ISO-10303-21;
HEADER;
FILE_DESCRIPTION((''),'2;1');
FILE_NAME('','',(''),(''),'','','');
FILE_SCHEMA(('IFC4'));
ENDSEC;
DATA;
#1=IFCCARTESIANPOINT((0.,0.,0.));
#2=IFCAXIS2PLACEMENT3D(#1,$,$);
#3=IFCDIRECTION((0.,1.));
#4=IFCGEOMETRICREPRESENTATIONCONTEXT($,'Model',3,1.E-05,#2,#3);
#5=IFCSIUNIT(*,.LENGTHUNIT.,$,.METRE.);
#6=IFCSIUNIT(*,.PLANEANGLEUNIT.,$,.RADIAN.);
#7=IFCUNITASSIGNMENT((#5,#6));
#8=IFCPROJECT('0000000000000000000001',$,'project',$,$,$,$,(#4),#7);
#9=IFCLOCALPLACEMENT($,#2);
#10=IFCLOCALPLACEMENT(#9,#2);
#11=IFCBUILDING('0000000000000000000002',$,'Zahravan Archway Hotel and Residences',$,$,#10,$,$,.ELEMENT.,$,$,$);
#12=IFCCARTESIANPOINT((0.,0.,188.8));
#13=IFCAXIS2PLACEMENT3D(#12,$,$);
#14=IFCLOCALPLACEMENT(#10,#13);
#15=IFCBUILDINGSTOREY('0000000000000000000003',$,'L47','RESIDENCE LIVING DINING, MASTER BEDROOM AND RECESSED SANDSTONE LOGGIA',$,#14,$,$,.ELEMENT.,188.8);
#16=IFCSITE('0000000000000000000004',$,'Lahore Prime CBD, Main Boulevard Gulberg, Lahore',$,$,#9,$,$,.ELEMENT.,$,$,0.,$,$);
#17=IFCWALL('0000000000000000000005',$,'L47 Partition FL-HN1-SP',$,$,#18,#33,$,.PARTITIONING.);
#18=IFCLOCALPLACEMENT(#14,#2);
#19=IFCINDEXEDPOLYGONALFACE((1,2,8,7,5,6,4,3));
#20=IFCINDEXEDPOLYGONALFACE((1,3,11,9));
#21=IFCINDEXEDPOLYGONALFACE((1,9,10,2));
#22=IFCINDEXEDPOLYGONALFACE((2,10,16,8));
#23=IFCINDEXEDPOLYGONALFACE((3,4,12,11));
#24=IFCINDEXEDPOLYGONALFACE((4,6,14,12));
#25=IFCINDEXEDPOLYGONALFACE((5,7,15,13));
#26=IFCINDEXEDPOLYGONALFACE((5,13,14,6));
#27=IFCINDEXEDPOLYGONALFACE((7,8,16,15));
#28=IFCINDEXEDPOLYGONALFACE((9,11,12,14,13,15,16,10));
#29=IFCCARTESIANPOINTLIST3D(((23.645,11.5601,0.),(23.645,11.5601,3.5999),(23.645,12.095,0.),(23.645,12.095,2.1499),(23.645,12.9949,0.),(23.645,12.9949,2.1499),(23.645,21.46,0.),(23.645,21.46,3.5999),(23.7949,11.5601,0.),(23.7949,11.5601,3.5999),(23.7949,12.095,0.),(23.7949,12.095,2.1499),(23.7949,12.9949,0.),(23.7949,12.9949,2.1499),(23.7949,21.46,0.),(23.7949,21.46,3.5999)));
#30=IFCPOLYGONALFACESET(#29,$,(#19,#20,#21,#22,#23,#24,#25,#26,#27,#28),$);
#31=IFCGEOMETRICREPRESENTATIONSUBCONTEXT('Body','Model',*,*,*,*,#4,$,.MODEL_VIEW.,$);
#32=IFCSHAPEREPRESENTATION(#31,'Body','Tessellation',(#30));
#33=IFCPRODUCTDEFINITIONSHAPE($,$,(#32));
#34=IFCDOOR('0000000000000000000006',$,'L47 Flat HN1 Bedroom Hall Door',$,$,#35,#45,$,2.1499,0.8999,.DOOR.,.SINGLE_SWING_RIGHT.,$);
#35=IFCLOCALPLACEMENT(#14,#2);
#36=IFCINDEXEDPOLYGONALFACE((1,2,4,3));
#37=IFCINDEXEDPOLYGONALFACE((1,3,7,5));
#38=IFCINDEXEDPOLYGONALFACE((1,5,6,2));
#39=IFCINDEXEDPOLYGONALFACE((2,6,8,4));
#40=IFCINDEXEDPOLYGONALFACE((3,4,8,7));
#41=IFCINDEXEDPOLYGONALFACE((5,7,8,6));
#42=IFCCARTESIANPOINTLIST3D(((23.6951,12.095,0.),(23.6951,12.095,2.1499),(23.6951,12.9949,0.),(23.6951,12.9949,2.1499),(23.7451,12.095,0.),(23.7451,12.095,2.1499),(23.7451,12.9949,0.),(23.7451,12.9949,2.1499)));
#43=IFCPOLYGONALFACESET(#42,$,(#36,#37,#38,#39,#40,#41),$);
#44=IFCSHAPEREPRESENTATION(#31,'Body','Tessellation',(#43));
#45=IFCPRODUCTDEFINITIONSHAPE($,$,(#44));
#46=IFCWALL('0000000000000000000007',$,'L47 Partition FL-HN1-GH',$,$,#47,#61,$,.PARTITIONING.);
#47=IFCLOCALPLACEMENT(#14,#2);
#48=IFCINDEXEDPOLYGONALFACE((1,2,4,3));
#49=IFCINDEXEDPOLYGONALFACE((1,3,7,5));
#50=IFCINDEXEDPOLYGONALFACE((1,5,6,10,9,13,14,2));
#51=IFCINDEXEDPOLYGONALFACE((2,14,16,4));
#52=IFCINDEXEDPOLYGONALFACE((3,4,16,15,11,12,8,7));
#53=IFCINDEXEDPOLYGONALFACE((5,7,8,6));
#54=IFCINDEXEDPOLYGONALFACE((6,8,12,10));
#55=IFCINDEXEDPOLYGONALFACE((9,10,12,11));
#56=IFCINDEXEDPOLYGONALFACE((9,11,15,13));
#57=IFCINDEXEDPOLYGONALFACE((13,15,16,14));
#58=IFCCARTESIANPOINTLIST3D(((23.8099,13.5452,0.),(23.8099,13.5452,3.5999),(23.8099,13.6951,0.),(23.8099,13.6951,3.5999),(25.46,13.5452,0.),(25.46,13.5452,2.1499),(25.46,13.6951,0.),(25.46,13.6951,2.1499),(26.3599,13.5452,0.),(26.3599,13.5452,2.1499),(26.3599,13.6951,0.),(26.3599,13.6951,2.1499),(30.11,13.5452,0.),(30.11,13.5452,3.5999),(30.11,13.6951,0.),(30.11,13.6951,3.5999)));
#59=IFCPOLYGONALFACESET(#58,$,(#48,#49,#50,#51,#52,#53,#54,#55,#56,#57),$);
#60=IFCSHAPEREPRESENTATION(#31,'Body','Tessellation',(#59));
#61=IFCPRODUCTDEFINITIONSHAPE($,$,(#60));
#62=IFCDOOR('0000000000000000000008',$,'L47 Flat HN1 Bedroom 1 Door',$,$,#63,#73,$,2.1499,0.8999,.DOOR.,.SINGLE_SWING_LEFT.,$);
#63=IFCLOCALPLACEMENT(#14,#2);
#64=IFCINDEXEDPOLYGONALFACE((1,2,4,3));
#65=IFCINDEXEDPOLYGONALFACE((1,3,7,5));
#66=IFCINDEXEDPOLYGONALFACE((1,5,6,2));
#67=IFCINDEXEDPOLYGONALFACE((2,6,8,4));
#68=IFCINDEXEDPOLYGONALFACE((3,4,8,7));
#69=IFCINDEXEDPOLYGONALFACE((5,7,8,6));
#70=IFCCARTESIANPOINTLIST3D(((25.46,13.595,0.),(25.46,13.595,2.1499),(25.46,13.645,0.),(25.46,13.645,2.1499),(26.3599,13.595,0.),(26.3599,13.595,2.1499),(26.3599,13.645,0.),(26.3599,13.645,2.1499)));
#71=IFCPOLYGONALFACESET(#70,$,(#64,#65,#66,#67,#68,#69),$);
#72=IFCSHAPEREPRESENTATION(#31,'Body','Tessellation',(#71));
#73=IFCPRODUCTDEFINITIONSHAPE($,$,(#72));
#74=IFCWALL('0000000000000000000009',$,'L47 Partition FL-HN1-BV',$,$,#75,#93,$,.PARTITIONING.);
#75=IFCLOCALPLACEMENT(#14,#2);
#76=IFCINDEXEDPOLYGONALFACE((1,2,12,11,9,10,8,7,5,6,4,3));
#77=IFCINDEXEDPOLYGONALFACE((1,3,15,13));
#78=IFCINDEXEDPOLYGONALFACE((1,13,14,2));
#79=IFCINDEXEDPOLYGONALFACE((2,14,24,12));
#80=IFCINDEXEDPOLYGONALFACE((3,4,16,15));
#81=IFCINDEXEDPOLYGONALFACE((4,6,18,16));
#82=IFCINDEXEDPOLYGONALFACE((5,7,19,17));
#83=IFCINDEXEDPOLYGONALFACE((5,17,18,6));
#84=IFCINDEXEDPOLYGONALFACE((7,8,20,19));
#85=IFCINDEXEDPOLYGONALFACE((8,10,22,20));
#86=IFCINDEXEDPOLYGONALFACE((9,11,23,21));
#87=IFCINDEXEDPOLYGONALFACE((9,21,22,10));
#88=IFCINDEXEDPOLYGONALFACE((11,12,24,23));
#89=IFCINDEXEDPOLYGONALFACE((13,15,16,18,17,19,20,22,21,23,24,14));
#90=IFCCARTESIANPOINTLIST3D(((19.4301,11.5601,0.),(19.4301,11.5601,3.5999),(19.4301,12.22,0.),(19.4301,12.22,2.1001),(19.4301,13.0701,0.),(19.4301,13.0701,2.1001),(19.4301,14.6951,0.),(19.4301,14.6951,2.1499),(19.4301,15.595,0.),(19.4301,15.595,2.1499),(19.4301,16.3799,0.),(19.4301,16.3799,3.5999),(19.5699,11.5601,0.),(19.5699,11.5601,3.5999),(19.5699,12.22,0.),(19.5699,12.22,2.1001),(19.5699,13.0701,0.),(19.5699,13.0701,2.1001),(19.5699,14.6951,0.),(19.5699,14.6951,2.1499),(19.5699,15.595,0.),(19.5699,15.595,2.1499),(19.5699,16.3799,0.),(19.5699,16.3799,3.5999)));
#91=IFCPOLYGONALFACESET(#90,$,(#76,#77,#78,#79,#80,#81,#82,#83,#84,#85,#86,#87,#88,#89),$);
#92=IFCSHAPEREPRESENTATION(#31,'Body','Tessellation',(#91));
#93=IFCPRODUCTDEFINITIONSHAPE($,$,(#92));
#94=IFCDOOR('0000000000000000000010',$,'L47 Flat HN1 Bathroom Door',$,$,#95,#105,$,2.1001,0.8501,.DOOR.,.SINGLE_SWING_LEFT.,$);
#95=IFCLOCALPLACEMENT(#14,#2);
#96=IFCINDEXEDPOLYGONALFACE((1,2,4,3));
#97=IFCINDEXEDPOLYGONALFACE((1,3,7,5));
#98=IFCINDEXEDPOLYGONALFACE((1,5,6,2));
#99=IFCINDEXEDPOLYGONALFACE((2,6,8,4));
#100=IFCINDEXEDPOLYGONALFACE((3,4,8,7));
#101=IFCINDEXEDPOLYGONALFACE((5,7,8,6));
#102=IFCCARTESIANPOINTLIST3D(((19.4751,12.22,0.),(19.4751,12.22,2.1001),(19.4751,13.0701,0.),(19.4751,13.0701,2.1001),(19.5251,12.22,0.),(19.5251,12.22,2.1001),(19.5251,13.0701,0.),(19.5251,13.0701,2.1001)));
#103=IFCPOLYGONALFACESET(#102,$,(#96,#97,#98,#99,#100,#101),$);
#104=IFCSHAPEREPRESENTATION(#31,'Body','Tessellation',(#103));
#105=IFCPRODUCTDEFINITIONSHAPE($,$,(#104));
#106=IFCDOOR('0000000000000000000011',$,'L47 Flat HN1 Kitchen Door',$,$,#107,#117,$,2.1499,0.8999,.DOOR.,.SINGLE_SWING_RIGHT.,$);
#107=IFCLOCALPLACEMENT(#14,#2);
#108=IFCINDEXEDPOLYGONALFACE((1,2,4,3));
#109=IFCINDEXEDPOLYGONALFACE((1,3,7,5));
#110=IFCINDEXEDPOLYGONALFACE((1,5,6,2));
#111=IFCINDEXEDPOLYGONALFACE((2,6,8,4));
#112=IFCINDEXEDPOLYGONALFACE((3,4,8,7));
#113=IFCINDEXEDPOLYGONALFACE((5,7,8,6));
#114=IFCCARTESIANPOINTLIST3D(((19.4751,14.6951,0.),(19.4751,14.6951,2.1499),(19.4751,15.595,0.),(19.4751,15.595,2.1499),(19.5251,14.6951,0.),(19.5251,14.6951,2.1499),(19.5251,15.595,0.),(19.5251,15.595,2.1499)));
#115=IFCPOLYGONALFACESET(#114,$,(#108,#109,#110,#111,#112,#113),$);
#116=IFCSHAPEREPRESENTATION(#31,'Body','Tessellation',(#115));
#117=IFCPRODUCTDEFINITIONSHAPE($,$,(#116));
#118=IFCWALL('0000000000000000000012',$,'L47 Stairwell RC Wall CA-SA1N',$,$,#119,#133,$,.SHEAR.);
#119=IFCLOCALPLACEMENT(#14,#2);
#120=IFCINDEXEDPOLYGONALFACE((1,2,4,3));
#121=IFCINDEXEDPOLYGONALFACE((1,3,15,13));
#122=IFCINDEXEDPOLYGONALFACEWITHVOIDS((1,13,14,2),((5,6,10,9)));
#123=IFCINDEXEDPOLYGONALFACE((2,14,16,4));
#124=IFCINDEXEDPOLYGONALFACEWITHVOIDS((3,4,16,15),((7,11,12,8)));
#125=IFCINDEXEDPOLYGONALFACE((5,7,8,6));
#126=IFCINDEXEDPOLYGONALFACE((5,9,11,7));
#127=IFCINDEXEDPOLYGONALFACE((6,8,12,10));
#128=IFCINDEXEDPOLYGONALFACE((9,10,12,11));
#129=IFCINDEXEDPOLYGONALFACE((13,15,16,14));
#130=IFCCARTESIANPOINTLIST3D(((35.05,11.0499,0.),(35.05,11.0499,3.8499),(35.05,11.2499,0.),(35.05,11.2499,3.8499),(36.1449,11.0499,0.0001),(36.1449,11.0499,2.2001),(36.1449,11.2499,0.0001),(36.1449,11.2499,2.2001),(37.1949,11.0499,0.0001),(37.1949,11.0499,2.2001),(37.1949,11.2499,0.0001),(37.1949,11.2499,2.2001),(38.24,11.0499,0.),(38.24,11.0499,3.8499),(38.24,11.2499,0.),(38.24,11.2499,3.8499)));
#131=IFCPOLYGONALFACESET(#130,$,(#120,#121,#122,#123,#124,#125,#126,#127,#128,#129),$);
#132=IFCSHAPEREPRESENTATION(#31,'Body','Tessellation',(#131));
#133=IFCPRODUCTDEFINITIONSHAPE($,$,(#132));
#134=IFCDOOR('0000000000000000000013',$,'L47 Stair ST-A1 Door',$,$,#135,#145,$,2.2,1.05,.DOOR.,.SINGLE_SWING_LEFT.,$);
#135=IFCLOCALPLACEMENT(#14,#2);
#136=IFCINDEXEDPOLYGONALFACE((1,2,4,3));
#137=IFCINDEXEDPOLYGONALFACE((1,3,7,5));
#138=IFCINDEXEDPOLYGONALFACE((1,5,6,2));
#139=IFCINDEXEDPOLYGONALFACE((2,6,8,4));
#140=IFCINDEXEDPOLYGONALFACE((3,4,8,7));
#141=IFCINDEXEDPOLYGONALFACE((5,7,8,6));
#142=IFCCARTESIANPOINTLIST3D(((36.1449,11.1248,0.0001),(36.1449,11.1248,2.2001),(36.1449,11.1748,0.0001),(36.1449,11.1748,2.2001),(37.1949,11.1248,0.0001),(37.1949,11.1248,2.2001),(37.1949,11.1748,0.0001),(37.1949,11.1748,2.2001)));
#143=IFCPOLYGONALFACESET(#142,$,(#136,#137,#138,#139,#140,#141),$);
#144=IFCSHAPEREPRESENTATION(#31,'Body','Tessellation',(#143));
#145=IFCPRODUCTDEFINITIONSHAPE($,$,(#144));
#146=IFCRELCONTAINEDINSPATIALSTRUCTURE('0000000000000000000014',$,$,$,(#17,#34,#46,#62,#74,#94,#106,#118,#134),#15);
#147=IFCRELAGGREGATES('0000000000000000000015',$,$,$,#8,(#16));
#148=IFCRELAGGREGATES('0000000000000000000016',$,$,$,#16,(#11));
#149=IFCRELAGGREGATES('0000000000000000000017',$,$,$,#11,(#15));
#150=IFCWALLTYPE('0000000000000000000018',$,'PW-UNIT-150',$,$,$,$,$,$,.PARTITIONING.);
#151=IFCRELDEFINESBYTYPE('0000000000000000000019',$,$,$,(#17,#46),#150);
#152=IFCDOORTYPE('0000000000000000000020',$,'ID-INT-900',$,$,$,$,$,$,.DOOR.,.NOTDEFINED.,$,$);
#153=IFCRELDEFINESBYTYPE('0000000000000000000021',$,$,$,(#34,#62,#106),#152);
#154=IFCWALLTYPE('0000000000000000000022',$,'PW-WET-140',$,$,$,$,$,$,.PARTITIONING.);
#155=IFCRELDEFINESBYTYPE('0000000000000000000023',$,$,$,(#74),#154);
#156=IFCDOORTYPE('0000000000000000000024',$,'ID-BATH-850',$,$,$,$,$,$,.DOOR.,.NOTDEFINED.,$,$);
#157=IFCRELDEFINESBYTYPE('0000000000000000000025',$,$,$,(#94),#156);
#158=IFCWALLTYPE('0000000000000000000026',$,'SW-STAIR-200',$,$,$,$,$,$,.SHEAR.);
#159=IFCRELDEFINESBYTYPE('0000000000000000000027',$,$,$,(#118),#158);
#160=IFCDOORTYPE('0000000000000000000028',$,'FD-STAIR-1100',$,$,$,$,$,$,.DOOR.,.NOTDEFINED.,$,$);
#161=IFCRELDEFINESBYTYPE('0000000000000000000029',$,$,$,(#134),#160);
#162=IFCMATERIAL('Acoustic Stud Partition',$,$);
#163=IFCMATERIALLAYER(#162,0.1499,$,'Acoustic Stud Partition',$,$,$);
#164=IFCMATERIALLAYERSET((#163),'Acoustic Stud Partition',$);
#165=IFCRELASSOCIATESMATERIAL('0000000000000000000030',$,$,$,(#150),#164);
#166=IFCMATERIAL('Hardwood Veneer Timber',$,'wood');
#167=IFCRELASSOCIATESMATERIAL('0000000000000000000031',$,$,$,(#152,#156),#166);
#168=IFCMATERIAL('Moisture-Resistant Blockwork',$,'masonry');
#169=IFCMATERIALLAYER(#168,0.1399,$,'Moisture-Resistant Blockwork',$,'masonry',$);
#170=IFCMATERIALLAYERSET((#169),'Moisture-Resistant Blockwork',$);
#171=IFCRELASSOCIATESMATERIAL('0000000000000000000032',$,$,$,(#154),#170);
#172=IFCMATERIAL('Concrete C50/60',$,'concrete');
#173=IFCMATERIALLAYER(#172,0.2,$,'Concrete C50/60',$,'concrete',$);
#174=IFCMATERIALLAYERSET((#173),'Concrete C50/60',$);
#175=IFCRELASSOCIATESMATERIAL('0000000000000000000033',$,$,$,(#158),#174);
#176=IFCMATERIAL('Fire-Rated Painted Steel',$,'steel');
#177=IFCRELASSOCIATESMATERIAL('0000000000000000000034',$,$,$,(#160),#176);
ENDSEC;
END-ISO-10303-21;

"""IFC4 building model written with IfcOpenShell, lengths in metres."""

from ifc_helpers import new_model, si_unit, direction, frame, frame_2d, origin, place, context, subcontext, project, spatial, rectangle, extrude, source, transform, mapped, material, layer, layer_set, type_object, type_shapes, element, fill, save


model = new_model("IFC4")

# Units and contexts
model_context = context("Model", 3, precision=1e-05, world=origin(), true_north=direction((0.0, 1.0)))
body_context = subcontext(model_context, "Body", "Model", "MODEL_VIEW")
ifc_project = project(units=[si_unit("LENGTHUNIT", "METRE"), si_unit("PLANEANGLEUNIT", "RADIAN")], contexts=[model_context])

# Site, building, storey
site_placement = place(None, origin())
site = spatial("IfcSite", under=ifc_project, at=site_placement, Name="Lahore Prime CBD, Main Boulevard Gulberg, Lahore", CompositionType="ELEMENT", RefElevation=0.0)
building_placement = place(site_placement, origin())
building = spatial("IfcBuilding", under=site, at=building_placement, Name="Zahravan Archway Hotel and Residences", CompositionType="ELEMENT")
storey_placement = place(building_placement, frame((0.0, 0.0, 188.8)))
storey = spatial("IfcBuildingStorey", under=building, at=storey_placement, Name="L47", Description="RESIDENCE LIVING DINING, MASTER BEDROOM AND RECESSED SANDSTONE LOGGIA", CompositionType="ELEMENT", Elevation=188.8)

# Walls, openings, doors
ifc_material_1 = material(Name="Acoustic Stud Partition")
ifc_layer_1 = layer(ifc_material_1, 0.1499, Name="Acoustic Stud Partition")
ifc_layer_set_1 = layer_set([ifc_layer_1], Name="Acoustic Stud Partition")
wall_type_1 = type_object("IfcWallType", Name="PW-UNIT-150", PredefinedType="PARTITIONING", material=ifc_layer_set_1)
ifc_material_2 = material(Name="Hardwood Veneer Timber", Category="wood")
door_type_1 = type_object("IfcDoorType", Name="ID-INT-900", OperationType="NOTDEFINED", PredefinedType="DOOR", material=ifc_material_2)
shared_shape_1 = source(origin(), body_context, "Body", "SweptSolid", [
    extrude(rectangle(XDim=0.8999, YDim=2.1499, at=frame_2d((0.45, 1.075))), frame((0.0, 0.0249, 0.0), z_axis=(0.0, -1.0, 0.0), x_axis=(1.0, 0.0, 0.0)), (0.0, 0.0, 1.0), 0.05),
])
type_shapes(door_type_1, [shared_shape_1])
wall_1_placement = place(storey_placement, frame((23.72, 11.5601, 0.0), z_axis=(0.0, 0.0, 1.0), x_axis=(0.0, 1.0, 0.0)))
wall_1 = element("IfcWall", 1, at=wall_1_placement, inside=storey, type_object=wall_type_1, Name="L47 Partition FL-HN1-SP", PredefinedType="PARTITIONING", context=body_context, shape_type="SweptSolid", body=[
    extrude(rectangle(XDim=9.8999, YDim=0.1499, at=frame_2d((4.95, 0.0))), origin(), (0.0, 0.0, 1.0), 3.5999),
])
opening_1_placement = place(wall_1_placement, frame((0.5349, 0.0, 0.0)))
opening_1 = element("IfcOpeningElement", 2, at=opening_1_placement, cuts=wall_1, PredefinedType="OPENING", context=body_context, shape_type="SweptSolid", body=[
    extrude(rectangle(XDim=0.8999, YDim=2.1499, at=frame_2d((0.45, 1.075))), frame((0.0, 0.085, 0.0), z_axis=(0.0, -1.0, 0.0), x_axis=(1.0, 0.0, 0.0)), (0.0, 0.0, 1.0), 0.1699),
])
door_1_placement = place(opening_1_placement, origin())
door_1 = element("IfcDoor", 3, at=door_1_placement, inside=storey, type_object=door_type_1, Name="L47 Flat HN1 Bedroom Hall Door", OperationType="SINGLE_SWING_RIGHT", OverallHeight=2.1499, OverallWidth=0.8999, PredefinedType="DOOR", context=body_context, shape_type="MappedRepresentation", body=[
    mapped(shared_shape_1, transform((0.0, 0.0, 0.0), scale=1.0)),
])
fill(opening_1, door_1)
wall_2_placement = place(storey_placement, frame((23.8101, 13.6201, 0.0), z_axis=(0.0, 0.0, 1.0), x_axis=(1.0, 0.0, 0.0)))
wall_2 = element("IfcWall", 4, at=wall_2_placement, inside=storey, type_object=wall_type_1, Name="L47 Partition FL-HN1-GH", PredefinedType="PARTITIONING", context=body_context, shape_type="SweptSolid", body=[
    extrude(rectangle(XDim=6.3, YDim=0.1499, at=frame_2d((3.1499, 0.0))), origin(), (0.0, 0.0, 1.0), 3.5999),
])
opening_2_placement = place(wall_2_placement, frame((1.6499, 0.0, 0.0)))
opening_2 = element("IfcOpeningElement", 5, at=opening_2_placement, cuts=wall_2, PredefinedType="OPENING", context=body_context, shape_type="SweptSolid", body=[
    extrude(rectangle(XDim=0.8999, YDim=2.1499, at=frame_2d((0.45, 1.075))), frame((0.0, 0.085, 0.0), z_axis=(0.0, -1.0, 0.0), x_axis=(1.0, 0.0, 0.0)), (0.0, 0.0, 1.0), 0.1699),
])
door_2_placement = place(opening_2_placement, origin())
door_2 = element("IfcDoor", 6, at=door_2_placement, inside=storey, type_object=door_type_1, Name="L47 Flat HN1 Bedroom 1 Door", OperationType="SINGLE_SWING_LEFT", OverallHeight=2.1499, OverallWidth=0.8999, PredefinedType="DOOR", context=body_context, shape_type="MappedRepresentation", body=[
    mapped(shared_shape_1, transform((0.0, 0.0, 0.0), scale=1.0)),
])
fill(opening_2, door_2)

# Wall, openings, doors
ifc_material_3 = material(Name="Moisture-Resistant Blockwork", Category="masonry")
ifc_layer_2 = layer(ifc_material_3, 0.1399, Name="Moisture-Resistant Blockwork", Category="masonry")
ifc_layer_set_2 = layer_set([ifc_layer_2], Name="Moisture-Resistant Blockwork")
wall_type_2 = type_object("IfcWallType", Name="PW-WET-140", PredefinedType="PARTITIONING", material=ifc_layer_set_2)
wall_3_placement = place(storey_placement, frame((19.5, 11.5601, 0.0), z_axis=(0.0, 0.0, 1.0), x_axis=(0.0, 1.0, 0.0)))
wall_3 = element("IfcWall", 7, at=wall_3_placement, inside=storey, type_object=wall_type_2, Name="L47 Partition FL-HN1-BV", PredefinedType="PARTITIONING", context=body_context, shape_type="SweptSolid", body=[
    extrude(rectangle(XDim=4.8198, YDim=0.1399, at=frame_2d((2.4099, 0.0))), origin(), (0.0, 0.0, 1.0), 3.5999),
])
opening_3_placement = place(wall_3_placement, frame((0.6599, 0.0, 0.0)))
opening_3 = element("IfcOpeningElement", 8, at=opening_3_placement, cuts=wall_3, PredefinedType="OPENING", context=body_context, shape_type="SweptSolid", body=[
    extrude(rectangle(XDim=0.8501, YDim=2.1001, at=frame_2d((0.425, 1.05))), frame((0.0, 0.0801, 0.0), z_axis=(0.0, -1.0, 0.0), x_axis=(1.0, 0.0, 0.0)), (0.0, 0.0, 1.0), 0.1599),
])
opening_4_placement = place(wall_3_placement, frame((3.135, 0.0, 0.0)))
opening_4 = element("IfcOpeningElement", 9, at=opening_4_placement, cuts=wall_3, PredefinedType="OPENING", context=body_context, shape_type="SweptSolid", body=[
    extrude(rectangle(XDim=0.8999, YDim=2.1499, at=frame_2d((0.45, 1.075))), frame((0.0, 0.0801, 0.0), z_axis=(0.0, -1.0, 0.0), x_axis=(1.0, 0.0, 0.0)), (0.0, 0.0, 1.0), 0.1599),
])
door_type_2 = type_object("IfcDoorType", Name="ID-BATH-850", OperationType="NOTDEFINED", PredefinedType="DOOR", material=ifc_material_2)
shared_shape_2 = source(origin(), body_context, "Body", "SweptSolid", [
    extrude(rectangle(XDim=0.8501, YDim=2.1001, at=frame_2d((0.425, 1.05))), frame((0.0, 0.0249, 0.0), z_axis=(0.0, -1.0, 0.0), x_axis=(1.0, 0.0, 0.0)), (0.0, 0.0, 1.0), 0.05),
])
type_shapes(door_type_2, [shared_shape_2])
door_3_placement = place(opening_3_placement, origin())
door_3 = element("IfcDoor", 10, at=door_3_placement, inside=storey, type_object=door_type_2, Name="L47 Flat HN1 Bathroom Door", OperationType="SINGLE_SWING_LEFT", OverallHeight=2.1001, OverallWidth=0.8501, PredefinedType="DOOR", context=body_context, shape_type="MappedRepresentation", body=[
    mapped(shared_shape_2, transform((0.0, 0.0, 0.0), scale=1.0)),
])
fill(opening_3, door_3)
door_4_placement = place(opening_4_placement, origin())
door_4 = element("IfcDoor", 11, at=door_4_placement, inside=storey, type_object=door_type_1, Name="L47 Flat HN1 Kitchen Door", OperationType="SINGLE_SWING_RIGHT", OverallHeight=2.1499, OverallWidth=0.8999, PredefinedType="DOOR", context=body_context, shape_type="MappedRepresentation", body=[
    mapped(shared_shape_1, transform((0.0, 0.0, 0.0), scale=1.0)),
])
fill(opening_4, door_4)

# Wall, opening, door
ifc_material_4 = material(Name="Concrete C50/60", Category="concrete")
ifc_layer_3 = layer(ifc_material_4, 0.2, Name="Concrete C50/60", Category="concrete")
ifc_layer_set_3 = layer_set([ifc_layer_3], Name="Concrete C50/60")
wall_type_3 = type_object("IfcWallType", Name="SW-STAIR-200", PredefinedType="SHEAR", material=ifc_layer_set_3)
wall_4_placement = place(storey_placement, frame((35.05, 11.1499, 0.0), z_axis=(0.0, 0.0, 1.0), x_axis=(1.0, 0.0, 0.0)))
wall_4 = element("IfcWall", 12, at=wall_4_placement, inside=storey, type_object=wall_type_3, Name="L47 Stairwell RC Wall CA-SA1N", PredefinedType="SHEAR", context=body_context, shape_type="SweptSolid", body=[
    extrude(rectangle(XDim=3.1899, YDim=0.2, at=frame_2d((1.595, 0.0))), origin(), (0.0, 0.0, 1.0), 3.8499),
])
opening_5_placement = place(wall_4_placement, frame((1.095, 0.0, 0.0)))
opening_5 = element("IfcOpeningElement", 13, at=opening_5_placement, cuts=wall_4, PredefinedType="OPENING", context=body_context, shape_type="SweptSolid", body=[
    extrude(rectangle(XDim=1.05, YDim=2.2, at=frame_2d((0.5249, 1.1001))), frame((0.0, 0.1099, 0.0), z_axis=(0.0, -1.0, 0.0), x_axis=(1.0, 0.0, 0.0)), (0.0, 0.0, 1.0), 0.22),
])
ifc_material_5 = material(Name="Fire-Rated Painted Steel", Category="steel")
door_type_3 = type_object("IfcDoorType", Name="FD-STAIR-1100", OperationType="NOTDEFINED", PredefinedType="DOOR", material=ifc_material_5)
shared_shape_3 = source(origin(), body_context, "Body", "SweptSolid", [
    extrude(rectangle(XDim=1.05, YDim=2.2, at=frame_2d((0.5249, 1.1001))), frame((0.0, 0.0249, 0.0), z_axis=(0.0, -1.0, 0.0), x_axis=(1.0, 0.0, 0.0)), (0.0, 0.0, 1.0), 0.05),
])
type_shapes(door_type_3, [shared_shape_3])
door_5_placement = place(opening_5_placement, origin())
door_5 = element("IfcDoor", 14, at=door_5_placement, inside=storey, type_object=door_type_3, Name="L47 Stair ST-A1 Door", OperationType="SINGLE_SWING_LEFT", OverallHeight=2.2, OverallWidth=1.05, PredefinedType="DOOR", context=body_context, shape_type="MappedRepresentation", body=[
    mapped(shared_shape_3, transform((0.0, 0.0, 0.0), scale=1.0)),
])
fill(opening_5, door_5)

save(model, "model.ifc")
